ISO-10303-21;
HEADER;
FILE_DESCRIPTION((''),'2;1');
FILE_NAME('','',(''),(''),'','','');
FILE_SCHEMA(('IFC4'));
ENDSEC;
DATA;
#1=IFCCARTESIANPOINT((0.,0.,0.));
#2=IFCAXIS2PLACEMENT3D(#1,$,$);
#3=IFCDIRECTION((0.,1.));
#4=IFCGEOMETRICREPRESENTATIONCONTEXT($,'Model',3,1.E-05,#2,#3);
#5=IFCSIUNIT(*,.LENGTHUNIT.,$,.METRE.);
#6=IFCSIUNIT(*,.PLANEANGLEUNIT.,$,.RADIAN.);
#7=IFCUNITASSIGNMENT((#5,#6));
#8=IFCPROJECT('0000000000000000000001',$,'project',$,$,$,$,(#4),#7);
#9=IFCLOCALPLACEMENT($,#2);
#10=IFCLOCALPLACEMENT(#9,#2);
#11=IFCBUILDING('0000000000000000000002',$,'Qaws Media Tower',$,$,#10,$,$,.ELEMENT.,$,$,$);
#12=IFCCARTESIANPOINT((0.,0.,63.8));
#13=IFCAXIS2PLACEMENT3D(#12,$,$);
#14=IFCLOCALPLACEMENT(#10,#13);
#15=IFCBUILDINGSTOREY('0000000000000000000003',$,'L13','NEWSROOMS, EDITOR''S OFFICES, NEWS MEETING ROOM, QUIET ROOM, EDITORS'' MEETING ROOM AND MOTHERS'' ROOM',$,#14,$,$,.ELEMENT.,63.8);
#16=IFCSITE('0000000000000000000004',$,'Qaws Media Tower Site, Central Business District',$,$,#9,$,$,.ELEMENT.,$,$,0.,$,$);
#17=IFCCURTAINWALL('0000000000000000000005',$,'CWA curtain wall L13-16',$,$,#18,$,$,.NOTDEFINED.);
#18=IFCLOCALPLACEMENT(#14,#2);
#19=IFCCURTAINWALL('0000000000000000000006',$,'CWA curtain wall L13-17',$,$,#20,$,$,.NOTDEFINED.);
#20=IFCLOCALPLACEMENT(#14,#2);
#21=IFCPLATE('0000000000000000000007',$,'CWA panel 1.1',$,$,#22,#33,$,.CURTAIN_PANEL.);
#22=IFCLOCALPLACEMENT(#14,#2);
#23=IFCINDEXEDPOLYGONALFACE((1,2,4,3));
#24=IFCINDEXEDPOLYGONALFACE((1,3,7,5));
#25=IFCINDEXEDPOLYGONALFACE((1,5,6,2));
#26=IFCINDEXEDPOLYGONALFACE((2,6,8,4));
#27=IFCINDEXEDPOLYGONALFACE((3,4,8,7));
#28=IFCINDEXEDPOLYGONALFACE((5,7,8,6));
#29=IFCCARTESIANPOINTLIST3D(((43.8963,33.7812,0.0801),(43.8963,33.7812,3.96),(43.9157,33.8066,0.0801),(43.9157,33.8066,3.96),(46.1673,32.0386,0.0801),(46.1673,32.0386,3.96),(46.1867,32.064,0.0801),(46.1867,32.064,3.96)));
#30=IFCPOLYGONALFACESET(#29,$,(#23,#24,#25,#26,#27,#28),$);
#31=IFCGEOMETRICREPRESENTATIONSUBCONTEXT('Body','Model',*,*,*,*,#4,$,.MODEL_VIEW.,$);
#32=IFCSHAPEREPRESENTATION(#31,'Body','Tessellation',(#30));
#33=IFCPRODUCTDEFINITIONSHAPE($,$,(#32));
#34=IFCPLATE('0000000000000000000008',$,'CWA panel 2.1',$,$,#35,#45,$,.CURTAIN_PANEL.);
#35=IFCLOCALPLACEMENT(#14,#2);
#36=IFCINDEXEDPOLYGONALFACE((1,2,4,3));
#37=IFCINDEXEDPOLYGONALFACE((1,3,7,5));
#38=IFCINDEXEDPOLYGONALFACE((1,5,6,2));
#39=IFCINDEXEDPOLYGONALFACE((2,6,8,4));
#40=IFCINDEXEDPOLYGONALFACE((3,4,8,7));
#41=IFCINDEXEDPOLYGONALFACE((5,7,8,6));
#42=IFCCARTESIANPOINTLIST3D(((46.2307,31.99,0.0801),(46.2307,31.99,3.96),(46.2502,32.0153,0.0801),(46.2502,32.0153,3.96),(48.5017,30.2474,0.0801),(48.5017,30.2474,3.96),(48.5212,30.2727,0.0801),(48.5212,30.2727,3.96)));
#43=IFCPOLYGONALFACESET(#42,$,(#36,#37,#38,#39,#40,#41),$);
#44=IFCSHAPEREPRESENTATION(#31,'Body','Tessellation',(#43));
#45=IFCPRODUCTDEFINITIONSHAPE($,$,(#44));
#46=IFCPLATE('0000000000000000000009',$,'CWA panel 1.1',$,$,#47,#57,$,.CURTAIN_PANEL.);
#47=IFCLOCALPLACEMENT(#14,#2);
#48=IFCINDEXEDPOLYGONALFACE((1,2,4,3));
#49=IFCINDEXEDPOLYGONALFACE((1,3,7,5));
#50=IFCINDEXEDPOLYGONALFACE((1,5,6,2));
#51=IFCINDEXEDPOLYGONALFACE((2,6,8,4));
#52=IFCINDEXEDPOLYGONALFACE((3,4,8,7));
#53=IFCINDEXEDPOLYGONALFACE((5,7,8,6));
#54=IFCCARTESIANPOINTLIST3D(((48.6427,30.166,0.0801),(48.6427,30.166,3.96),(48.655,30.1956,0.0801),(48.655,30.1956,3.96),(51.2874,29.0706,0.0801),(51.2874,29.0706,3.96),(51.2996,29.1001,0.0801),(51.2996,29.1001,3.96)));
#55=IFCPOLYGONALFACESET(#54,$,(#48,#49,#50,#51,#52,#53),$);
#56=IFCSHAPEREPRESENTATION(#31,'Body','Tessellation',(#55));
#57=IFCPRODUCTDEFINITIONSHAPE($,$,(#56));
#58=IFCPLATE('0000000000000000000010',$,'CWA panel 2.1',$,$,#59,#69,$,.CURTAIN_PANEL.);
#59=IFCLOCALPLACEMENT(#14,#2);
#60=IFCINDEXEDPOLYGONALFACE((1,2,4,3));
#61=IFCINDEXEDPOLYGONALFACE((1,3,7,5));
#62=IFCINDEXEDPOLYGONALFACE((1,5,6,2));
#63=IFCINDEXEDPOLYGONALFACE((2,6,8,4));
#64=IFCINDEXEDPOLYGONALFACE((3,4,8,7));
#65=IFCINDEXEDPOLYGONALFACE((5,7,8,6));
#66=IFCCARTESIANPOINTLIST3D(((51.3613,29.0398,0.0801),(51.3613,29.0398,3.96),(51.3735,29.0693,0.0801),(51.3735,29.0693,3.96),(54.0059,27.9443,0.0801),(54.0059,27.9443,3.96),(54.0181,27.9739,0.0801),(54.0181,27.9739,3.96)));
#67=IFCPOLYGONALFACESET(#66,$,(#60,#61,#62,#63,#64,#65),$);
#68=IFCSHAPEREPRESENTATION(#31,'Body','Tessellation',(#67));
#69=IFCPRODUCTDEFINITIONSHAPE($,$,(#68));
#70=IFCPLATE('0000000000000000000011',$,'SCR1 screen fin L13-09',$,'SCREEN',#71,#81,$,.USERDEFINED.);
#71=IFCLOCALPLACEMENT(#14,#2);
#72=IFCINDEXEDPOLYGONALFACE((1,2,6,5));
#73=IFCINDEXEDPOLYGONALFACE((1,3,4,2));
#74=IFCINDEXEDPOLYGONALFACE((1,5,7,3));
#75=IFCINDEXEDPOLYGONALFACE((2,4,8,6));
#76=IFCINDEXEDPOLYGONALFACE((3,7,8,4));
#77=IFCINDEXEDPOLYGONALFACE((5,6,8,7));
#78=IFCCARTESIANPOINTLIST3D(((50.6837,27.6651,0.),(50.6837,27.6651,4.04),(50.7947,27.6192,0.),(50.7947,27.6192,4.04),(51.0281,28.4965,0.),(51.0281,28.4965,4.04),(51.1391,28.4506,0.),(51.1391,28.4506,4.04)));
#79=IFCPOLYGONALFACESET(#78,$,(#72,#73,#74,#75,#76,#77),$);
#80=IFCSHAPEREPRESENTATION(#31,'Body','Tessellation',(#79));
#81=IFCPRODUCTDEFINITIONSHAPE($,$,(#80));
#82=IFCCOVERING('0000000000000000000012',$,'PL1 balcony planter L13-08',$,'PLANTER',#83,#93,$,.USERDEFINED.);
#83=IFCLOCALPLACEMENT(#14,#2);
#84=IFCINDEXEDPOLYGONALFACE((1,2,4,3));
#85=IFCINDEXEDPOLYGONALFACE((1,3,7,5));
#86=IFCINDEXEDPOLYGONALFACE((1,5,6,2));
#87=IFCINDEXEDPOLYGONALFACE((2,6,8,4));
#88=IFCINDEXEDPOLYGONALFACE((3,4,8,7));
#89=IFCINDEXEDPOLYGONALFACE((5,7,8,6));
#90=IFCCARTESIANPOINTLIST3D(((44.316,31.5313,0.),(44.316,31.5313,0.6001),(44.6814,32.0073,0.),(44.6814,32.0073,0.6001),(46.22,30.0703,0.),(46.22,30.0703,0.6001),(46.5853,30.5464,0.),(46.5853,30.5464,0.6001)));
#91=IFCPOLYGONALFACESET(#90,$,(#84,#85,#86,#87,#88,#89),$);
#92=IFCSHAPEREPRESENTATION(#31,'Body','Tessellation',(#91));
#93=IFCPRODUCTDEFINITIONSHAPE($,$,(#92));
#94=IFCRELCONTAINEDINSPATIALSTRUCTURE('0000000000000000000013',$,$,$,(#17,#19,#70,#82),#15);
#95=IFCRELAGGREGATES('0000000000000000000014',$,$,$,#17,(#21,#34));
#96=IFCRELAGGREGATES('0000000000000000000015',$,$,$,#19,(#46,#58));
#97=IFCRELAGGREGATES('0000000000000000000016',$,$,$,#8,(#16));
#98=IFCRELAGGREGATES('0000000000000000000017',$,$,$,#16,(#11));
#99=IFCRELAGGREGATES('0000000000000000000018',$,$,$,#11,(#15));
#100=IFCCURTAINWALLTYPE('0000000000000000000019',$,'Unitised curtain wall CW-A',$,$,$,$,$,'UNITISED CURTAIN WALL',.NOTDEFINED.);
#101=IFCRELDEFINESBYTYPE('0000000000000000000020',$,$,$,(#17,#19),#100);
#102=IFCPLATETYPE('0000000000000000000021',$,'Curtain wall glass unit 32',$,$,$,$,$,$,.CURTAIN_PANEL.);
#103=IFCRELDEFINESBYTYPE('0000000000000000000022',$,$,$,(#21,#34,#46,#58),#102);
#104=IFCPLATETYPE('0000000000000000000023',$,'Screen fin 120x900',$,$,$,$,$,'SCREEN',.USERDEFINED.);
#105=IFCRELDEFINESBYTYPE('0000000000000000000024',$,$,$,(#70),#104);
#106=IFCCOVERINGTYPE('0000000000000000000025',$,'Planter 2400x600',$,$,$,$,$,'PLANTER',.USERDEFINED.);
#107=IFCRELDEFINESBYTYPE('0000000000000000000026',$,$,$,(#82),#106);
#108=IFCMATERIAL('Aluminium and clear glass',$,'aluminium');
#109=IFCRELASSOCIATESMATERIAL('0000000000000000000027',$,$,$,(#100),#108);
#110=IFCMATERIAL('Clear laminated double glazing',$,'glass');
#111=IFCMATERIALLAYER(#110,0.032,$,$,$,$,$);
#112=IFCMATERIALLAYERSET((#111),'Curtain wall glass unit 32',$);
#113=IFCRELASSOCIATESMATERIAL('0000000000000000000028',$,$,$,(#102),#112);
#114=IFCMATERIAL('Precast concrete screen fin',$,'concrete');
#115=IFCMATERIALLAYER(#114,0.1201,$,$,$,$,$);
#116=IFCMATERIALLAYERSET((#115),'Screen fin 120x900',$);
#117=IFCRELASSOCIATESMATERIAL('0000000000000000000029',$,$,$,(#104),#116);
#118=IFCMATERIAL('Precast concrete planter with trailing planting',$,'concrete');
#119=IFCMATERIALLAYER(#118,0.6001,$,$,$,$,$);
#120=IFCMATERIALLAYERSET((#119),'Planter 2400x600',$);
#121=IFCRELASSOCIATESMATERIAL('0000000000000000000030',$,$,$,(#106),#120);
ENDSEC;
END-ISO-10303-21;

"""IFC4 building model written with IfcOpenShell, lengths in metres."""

from ifc_helpers import new_model, si_unit, direction, frame, origin, origin_2d, place, context, subcontext, project, spatial, rectangle, extrude, material, layer, layer_set, type_object, element, aggregate, save


model = new_model("IFC4")

# Units and contexts
model_context = context("Model", 3, precision=1e-05, world=origin(), true_north=direction((0.0, 1.0)))
body_context = subcontext(model_context, "Body", "Model", "MODEL_VIEW")
ifc_project = project(units=[si_unit("LENGTHUNIT", "METRE"), si_unit("PLANEANGLEUNIT", "RADIAN")], contexts=[model_context])

# Site, building, storey
site_placement = place(None, origin())
site = spatial("IfcSite", under=ifc_project, at=site_placement, Name="Qaws Media Tower Site, Central Business District", CompositionType="ELEMENT", RefElevation=0.0)
building_placement = place(site_placement, origin())
building = spatial("IfcBuilding", under=site, at=building_placement, Name="Qaws Media Tower", CompositionType="ELEMENT")
storey_placement = place(building_placement, frame((0.0, 0.0, 63.8)))
storey = spatial("IfcBuildingStorey", under=building, at=storey_placement, Name="L13", Description="NEWSROOMS, EDITOR'S OFFICES, NEWS MEETING ROOM, QUIET ROOM, EDITORS' MEETING ROOM AND MOTHERS' ROOM", CompositionType="ELEMENT", Elevation=63.8)

# Curtain walls
ifc_material_1 = material(Name="Aluminium and clear glass", Category="aluminium")
curtain_wall_type = type_object("IfcCurtainWallType", Name="Unitised curtain wall CW-A", ElementType="UNITISED CURTAIN WALL", PredefinedType="NOTDEFINED", material=ifc_material_1)
curtain_wall_1_placement = place(storey_placement, origin())
curtain_wall_1 = element("IfcCurtainWall", 1, at=curtain_wall_1_placement, inside=storey, type_object=curtain_wall_type, Name="CWA curtain wall L13-16", PredefinedType="NOTDEFINED")
curtain_wall_2_placement = place(storey_placement, origin())
curtain_wall_2 = element("IfcCurtainWall", 2, at=curtain_wall_2_placement, inside=storey, type_object=curtain_wall_type, Name="CWA curtain wall L13-17", PredefinedType="NOTDEFINED")

# Plates
ifc_material_2 = material(Name="Clear laminated double glazing", Category="glass")
ifc_layer_1 = layer(ifc_material_2, 0.032)
ifc_layer_set_1 = layer_set([ifc_layer_1], Name="Curtain wall glass unit 32")
plate_type_1 = type_object("IfcPlateType", Name="Curtain wall glass unit 32", PredefinedType="CURTAIN_PANEL", material=ifc_layer_set_1)
plate_1_placement = place(storey_placement, frame((45.0415, 32.9226, 0.0801), z_axis=(0.0, 0.0, 1.0), x_axis=(0.793353, -0.608761, 0.0)))
plate_1 = element("IfcPlate", 3, at=plate_1_placement, type_object=plate_type_1, Name="CWA panel 1.1", PredefinedType="CURTAIN_PANEL", context=body_context, shape_type="SweptSolid", body=[
    extrude(rectangle(XDim=2.8625, YDim=0.032, at=origin_2d()), origin(), (0.0, 0.0, 1.0), 3.8799),
])
plate_2_placement = place(storey_placement, frame((47.376, 31.1313, 0.0801), z_axis=(0.0, 0.0, 1.0), x_axis=(0.793353, -0.608761, 0.0)))
plate_2 = element("IfcPlate", 4, at=plate_2_placement, type_object=plate_type_1, Name="CWA panel 2.1", PredefinedType="CURTAIN_PANEL", context=body_context, shape_type="SweptSolid", body=[
    extrude(rectangle(XDim=2.8625, YDim=0.032, at=origin_2d()), origin(), (0.0, 0.0, 1.0), 3.8799),
])
aggregate(curtain_wall_1, [plate_1, plate_2])
plate_3_placement = place(storey_placement, frame((49.9712, 29.6331, 0.0801), z_axis=(0.0, 0.0, 1.0), x_axis=(0.92388, -0.382683, 0.0)))
plate_3 = element("IfcPlate", 5, at=plate_3_placement, type_object=plate_type_1, Name="CWA panel 1.1", PredefinedType="CURTAIN_PANEL", context=body_context, shape_type="SweptSolid", body=[
    extrude(rectangle(XDim=2.8625, YDim=0.032, at=origin_2d()), origin(), (0.0, 0.0, 1.0), 3.8799),
])
plate_4_placement = place(storey_placement, frame((52.6897, 28.5068, 0.0801), z_axis=(0.0, 0.0, 1.0), x_axis=(0.92388, -0.382683, 0.0)))
plate_4 = element("IfcPlate", 6, at=plate_4_placement, type_object=plate_type_1, Name="CWA panel 2.1", PredefinedType="CURTAIN_PANEL", context=body_context, shape_type="SweptSolid", body=[
    extrude(rectangle(XDim=2.8625, YDim=0.032, at=origin_2d()), origin(), (0.0, 0.0, 1.0), 3.8799),
])
aggregate(curtain_wall_2, [plate_3, plate_4])
ifc_material_3 = material(Name="Precast concrete screen fin", Category="concrete")
ifc_layer_2 = layer(ifc_material_3, 0.1201)
ifc_layer_set_2 = layer_set([ifc_layer_2], Name="Screen fin 120x900")
plate_type_2 = type_object("IfcPlateType", Name="Screen fin 120x900", ElementType="SCREEN", PredefinedType="USERDEFINED", material=ifc_layer_set_2)
plate_5_placement = place(storey_placement, frame((50.9114, 28.0579, 0.0), z_axis=(0.0, 0.0, 1.0), x_axis=(-0.382683, -0.92388, 0.0)))
element("IfcPlate", 7, at=plate_5_placement, inside=storey, type_object=plate_type_2, Name="SCR1 screen fin L13-09", ObjectType="SCREEN", PredefinedType="USERDEFINED", context=body_context, shape_type="SweptSolid", body=[
    extrude(rectangle(XDim=0.8999, YDim=0.1201, at=origin_2d()), origin(), (0.0, 0.0, 1.0), 4.04),
])

# Covering
ifc_material_4 = material(Name="Precast concrete planter with trailing planting", Category="concrete")
ifc_layer_3 = layer(ifc_material_4, 0.6001)
ifc_layer_set_3 = layer_set([ifc_layer_3], Name="Planter 2400x600")
covering_type = type_object("IfcCoveringType", Name="Planter 2400x600", ElementType="PLANTER", PredefinedType="USERDEFINED", material=ifc_layer_set_3)
covering_placement = place(storey_placement, frame((45.4507, 31.0388, 0.0), z_axis=(0.0, 0.0, 1.0), x_axis=(0.793353, -0.608761, 0.0)))
element("IfcCovering", 8, at=covering_placement, inside=storey, type_object=covering_type, Name="PL1 balcony planter L13-08", ObjectType="PLANTER", PredefinedType="USERDEFINED", context=body_context, shape_type="SweptSolid", body=[
    extrude(rectangle(XDim=2.3999, YDim=0.6001, at=origin_2d()), origin(), (0.0, 0.0, 1.0), 0.6001),
])

save(model, "model.ifc")
